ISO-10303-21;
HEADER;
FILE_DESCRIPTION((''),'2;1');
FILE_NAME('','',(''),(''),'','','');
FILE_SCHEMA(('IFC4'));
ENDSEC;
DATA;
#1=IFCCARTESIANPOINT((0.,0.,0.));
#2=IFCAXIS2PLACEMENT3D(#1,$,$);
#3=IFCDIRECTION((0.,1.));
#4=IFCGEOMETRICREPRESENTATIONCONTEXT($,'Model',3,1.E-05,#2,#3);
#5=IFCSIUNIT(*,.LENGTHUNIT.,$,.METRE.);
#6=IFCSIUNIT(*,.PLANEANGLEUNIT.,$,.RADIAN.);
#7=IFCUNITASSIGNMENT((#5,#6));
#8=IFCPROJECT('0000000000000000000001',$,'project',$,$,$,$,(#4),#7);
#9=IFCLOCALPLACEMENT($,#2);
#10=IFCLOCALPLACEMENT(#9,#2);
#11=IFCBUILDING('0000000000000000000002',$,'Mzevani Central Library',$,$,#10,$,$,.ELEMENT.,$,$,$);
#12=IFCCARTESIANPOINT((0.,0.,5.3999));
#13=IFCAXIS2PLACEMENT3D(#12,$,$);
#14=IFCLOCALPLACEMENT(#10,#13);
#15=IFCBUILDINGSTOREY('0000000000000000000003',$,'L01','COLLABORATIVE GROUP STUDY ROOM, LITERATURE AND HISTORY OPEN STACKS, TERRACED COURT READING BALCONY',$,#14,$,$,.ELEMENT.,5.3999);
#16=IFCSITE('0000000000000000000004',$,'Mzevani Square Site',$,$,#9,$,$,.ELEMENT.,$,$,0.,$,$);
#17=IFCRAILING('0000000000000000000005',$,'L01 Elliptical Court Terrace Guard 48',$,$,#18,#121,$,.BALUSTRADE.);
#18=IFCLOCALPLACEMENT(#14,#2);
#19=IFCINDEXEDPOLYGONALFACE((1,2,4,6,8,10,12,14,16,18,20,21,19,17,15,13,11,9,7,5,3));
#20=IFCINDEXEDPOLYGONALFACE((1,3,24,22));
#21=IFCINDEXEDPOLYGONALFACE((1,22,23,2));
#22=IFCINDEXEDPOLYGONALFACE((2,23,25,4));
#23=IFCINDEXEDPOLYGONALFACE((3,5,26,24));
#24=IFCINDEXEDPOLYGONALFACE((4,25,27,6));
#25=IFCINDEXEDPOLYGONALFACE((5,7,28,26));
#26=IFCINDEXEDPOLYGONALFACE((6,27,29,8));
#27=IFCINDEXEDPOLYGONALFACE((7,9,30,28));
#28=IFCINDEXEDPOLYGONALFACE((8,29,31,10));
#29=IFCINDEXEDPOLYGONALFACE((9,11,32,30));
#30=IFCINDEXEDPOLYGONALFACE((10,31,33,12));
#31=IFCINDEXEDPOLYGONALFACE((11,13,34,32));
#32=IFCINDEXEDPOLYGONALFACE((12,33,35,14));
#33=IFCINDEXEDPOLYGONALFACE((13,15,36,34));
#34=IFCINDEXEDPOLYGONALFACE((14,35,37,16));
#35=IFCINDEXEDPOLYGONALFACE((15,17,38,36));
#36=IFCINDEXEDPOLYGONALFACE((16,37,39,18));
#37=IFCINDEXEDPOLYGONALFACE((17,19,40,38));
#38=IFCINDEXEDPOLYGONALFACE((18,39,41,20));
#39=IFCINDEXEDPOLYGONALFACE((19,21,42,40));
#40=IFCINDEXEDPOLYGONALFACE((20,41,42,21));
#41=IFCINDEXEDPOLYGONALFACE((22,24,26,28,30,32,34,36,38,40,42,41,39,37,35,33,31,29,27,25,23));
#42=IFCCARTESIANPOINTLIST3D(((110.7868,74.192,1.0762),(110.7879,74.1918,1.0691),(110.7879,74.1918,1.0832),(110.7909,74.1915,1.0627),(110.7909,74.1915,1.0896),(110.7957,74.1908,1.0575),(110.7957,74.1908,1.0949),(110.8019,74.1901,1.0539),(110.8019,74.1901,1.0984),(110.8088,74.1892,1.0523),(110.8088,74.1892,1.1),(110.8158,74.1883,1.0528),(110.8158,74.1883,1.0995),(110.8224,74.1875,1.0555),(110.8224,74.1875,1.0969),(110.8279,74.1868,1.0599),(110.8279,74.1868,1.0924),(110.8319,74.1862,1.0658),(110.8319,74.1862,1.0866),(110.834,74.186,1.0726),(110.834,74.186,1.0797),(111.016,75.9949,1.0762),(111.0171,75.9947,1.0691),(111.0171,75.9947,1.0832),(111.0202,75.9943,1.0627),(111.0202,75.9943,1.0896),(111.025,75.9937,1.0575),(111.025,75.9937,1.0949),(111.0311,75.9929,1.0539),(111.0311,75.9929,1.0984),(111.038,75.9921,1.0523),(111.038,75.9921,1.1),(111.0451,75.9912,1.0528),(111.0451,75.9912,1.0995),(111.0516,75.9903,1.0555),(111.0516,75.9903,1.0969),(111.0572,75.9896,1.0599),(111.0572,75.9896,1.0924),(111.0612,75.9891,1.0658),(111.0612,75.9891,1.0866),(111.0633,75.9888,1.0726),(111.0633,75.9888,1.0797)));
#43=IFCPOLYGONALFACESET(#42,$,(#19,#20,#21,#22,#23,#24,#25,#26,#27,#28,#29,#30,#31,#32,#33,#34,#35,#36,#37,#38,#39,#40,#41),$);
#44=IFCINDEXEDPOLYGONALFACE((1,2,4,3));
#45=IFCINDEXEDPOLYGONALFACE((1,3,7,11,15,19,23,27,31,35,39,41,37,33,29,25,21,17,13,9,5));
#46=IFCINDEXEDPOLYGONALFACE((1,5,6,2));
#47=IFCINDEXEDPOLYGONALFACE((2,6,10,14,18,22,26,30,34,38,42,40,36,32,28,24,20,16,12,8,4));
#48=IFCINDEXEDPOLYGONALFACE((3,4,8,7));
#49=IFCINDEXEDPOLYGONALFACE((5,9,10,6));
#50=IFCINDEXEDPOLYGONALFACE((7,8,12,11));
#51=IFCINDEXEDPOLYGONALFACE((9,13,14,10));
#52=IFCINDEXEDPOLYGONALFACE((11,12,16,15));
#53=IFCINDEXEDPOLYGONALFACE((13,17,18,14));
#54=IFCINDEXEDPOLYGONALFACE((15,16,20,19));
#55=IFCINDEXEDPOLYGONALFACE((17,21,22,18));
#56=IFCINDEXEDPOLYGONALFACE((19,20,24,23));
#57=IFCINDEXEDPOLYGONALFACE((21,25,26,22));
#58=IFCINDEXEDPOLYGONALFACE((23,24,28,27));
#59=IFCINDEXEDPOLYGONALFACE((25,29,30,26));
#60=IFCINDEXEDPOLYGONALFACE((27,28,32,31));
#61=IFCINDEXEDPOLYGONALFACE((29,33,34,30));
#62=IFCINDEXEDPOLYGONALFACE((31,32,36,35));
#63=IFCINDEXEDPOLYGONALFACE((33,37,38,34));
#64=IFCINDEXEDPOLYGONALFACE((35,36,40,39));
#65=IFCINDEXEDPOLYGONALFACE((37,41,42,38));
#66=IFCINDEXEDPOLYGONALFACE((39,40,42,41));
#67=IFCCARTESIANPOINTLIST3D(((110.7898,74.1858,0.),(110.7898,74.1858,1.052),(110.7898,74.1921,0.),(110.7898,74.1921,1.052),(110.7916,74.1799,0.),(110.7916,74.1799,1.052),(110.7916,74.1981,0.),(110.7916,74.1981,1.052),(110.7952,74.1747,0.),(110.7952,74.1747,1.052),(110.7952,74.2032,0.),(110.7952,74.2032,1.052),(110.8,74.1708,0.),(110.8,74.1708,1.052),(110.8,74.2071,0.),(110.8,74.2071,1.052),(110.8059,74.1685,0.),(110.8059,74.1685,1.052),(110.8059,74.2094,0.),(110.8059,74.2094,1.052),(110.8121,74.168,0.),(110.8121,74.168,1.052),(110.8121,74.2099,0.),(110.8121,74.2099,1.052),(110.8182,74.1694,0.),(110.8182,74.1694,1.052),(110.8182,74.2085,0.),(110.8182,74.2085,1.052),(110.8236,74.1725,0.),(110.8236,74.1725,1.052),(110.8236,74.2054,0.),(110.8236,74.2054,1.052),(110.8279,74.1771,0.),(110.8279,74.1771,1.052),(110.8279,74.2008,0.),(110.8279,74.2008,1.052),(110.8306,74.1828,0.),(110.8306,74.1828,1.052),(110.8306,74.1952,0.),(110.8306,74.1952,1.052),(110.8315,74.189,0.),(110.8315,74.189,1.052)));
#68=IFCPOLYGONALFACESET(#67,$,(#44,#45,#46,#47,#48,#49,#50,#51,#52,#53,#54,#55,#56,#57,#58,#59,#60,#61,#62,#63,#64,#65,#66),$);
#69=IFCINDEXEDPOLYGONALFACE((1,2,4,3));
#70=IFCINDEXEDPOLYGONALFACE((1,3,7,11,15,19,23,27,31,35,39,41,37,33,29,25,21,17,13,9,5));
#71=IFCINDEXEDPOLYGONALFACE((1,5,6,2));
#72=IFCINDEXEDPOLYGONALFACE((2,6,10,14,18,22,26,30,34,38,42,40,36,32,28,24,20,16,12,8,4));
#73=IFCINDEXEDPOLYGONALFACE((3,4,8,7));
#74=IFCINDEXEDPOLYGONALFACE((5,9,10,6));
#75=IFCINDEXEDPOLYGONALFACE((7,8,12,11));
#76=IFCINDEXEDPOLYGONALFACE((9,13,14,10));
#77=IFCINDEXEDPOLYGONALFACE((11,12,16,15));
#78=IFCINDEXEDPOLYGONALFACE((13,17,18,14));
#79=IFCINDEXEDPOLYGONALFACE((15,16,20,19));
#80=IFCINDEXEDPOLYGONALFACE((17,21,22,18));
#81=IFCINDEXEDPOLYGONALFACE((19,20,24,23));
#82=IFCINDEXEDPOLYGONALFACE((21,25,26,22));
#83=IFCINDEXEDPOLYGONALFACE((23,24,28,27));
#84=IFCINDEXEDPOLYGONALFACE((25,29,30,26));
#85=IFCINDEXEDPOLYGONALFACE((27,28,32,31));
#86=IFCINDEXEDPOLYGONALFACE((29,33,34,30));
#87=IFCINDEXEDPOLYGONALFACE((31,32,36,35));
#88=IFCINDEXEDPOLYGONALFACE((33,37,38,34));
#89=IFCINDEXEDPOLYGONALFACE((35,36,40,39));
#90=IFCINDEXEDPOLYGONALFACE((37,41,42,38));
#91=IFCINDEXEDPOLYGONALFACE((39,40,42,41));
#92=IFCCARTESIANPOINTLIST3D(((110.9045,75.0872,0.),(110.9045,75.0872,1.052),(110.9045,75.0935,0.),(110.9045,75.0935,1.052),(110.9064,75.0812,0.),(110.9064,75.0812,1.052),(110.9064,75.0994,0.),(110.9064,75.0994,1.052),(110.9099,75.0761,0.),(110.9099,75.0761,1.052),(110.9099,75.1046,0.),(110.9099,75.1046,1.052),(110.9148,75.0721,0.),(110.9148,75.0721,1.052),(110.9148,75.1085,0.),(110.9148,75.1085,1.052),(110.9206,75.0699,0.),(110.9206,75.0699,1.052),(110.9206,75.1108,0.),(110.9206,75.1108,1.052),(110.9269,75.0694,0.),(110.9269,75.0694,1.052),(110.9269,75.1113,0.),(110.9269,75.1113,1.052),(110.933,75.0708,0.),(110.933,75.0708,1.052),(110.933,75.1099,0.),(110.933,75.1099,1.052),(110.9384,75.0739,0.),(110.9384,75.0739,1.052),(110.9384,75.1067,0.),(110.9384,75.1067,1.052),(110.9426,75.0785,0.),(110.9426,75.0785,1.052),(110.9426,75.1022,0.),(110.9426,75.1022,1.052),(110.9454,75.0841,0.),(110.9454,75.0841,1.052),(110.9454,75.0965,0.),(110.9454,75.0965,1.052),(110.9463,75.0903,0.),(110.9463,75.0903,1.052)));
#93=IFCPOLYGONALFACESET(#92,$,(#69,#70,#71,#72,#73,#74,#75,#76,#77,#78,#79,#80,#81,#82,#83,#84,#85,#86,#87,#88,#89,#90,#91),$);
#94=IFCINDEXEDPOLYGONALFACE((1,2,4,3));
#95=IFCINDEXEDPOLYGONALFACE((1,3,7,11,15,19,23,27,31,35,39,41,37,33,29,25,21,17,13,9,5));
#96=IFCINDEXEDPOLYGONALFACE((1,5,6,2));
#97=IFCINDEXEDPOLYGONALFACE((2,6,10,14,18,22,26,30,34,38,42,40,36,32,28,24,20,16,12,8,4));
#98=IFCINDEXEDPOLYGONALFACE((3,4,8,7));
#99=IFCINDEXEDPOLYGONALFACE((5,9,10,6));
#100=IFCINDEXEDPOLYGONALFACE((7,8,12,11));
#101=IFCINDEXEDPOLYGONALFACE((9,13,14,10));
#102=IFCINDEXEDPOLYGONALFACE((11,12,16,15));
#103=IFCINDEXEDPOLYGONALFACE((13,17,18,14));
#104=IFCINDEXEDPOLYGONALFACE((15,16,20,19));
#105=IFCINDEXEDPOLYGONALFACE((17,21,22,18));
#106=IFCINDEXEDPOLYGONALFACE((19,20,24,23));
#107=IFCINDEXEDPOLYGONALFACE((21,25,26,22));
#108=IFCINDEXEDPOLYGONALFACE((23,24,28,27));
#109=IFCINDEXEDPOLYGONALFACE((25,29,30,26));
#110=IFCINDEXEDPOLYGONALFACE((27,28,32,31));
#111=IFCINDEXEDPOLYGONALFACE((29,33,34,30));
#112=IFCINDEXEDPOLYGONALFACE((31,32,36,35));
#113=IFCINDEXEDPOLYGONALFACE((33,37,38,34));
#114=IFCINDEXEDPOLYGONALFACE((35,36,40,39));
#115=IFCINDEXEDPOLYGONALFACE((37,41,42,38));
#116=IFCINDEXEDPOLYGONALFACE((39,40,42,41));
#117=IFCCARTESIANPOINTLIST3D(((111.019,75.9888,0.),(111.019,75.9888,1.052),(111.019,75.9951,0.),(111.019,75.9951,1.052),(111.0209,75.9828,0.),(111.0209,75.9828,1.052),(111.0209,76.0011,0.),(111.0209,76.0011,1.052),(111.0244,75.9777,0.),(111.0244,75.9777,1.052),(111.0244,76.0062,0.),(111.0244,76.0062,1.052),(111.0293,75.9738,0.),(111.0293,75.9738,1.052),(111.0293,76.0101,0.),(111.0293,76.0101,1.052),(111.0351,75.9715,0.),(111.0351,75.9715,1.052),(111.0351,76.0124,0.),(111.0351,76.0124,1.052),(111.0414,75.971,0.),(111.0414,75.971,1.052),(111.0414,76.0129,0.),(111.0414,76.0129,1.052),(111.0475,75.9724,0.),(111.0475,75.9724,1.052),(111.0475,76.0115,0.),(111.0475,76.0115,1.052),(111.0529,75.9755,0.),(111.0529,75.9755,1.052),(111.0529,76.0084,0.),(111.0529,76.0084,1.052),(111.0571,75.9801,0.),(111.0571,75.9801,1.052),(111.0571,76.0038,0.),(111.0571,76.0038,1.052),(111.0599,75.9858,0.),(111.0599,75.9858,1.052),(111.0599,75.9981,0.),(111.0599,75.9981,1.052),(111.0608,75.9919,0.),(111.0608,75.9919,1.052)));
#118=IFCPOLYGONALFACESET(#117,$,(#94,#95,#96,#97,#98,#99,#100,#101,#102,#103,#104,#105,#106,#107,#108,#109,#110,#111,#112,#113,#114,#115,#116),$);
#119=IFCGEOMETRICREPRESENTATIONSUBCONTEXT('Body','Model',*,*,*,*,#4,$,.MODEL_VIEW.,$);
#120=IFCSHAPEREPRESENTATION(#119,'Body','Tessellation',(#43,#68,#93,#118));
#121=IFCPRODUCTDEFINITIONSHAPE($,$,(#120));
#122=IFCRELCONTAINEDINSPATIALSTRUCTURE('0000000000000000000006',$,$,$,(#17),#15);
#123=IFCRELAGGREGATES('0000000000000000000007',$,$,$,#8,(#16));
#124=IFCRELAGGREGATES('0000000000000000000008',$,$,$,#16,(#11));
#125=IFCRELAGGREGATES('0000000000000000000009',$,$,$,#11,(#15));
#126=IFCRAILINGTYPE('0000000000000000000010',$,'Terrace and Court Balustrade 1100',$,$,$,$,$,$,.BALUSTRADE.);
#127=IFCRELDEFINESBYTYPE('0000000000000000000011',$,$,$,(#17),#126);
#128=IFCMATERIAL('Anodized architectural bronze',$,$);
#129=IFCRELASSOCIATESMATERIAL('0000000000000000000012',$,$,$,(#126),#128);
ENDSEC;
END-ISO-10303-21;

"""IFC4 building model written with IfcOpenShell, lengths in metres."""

from ifc_helpers import new_model, si_unit, direction, frame, origin, origin_2d, place, context, subcontext, project, spatial, circle, extrude, material, type_object, element, save


model = new_model("IFC4")

# Units and contexts
model_context = context("Model", 3, precision=1e-05, world=origin(), true_north=direction((0.0, 1.0)))
body_context = subcontext(model_context, "Body", "Model", "MODEL_VIEW")
ifc_project = project(units=[si_unit("LENGTHUNIT", "METRE"), si_unit("PLANEANGLEUNIT", "RADIAN")], contexts=[model_context])

# Site, building, storey
site_placement = place(None, origin())
site = spatial("IfcSite", under=ifc_project, at=site_placement, Name="Mzevani Square Site", CompositionType="ELEMENT", RefElevation=0.0)
building_placement = place(site_placement, origin())
building = spatial("IfcBuilding", under=site, at=building_placement, Name="Mzevani Central Library", CompositionType="ELEMENT")
storey_placement = place(building_placement, frame((0.0, 0.0, 5.3999)))
storey = spatial("IfcBuildingStorey", under=building, at=storey_placement, Name="L01", Description="COLLABORATIVE GROUP STUDY ROOM, LITERATURE AND HISTORY OPEN STACKS, TERRACED COURT READING BALCONY", CompositionType="ELEMENT", Elevation=5.3999)

# Railing
ifc_material_1 = material(Name="Anodized architectural bronze")
railing_type = type_object("IfcRailingType", Name="Terrace and Court Balustrade 1100", PredefinedType="BALUSTRADE", material=ifc_material_1)
railing_1_placement = place(storey_placement, frame((110.8105, 74.189, 0.0)))
element("IfcRailing", 1, at=railing_1_placement, inside=storey, type_object=railing_type, Name="L01 Elliptical Court Terrace Guard 48", PredefinedType="BALUSTRADE", context=body_context, shape_type="SweptSolid", body=[
    extrude(circle(Radius=0.0239, at=origin_2d()), frame((0.0, 0.0, 1.0762), z_axis=(0.126134, 0.992013, 0.0), x_axis=(-0.992013, 0.126134, 0.0)), (0.0, 0.0, 1.0), 1.8174),
    extrude(circle(Radius=0.021, at=origin_2d()), origin(), (0.0, 0.0, 1.0), 1.052),
    extrude(circle(Radius=0.021, at=origin_2d()), frame((0.1147, 0.9014, 0.0)), (0.0, 0.0, 1.0), 1.052),
    extrude(circle(Radius=0.021, at=origin_2d()), frame((0.2292, 1.803, 0.0)), (0.0, 0.0, 1.0), 1.052),
])

save(model, "model.ifc")
